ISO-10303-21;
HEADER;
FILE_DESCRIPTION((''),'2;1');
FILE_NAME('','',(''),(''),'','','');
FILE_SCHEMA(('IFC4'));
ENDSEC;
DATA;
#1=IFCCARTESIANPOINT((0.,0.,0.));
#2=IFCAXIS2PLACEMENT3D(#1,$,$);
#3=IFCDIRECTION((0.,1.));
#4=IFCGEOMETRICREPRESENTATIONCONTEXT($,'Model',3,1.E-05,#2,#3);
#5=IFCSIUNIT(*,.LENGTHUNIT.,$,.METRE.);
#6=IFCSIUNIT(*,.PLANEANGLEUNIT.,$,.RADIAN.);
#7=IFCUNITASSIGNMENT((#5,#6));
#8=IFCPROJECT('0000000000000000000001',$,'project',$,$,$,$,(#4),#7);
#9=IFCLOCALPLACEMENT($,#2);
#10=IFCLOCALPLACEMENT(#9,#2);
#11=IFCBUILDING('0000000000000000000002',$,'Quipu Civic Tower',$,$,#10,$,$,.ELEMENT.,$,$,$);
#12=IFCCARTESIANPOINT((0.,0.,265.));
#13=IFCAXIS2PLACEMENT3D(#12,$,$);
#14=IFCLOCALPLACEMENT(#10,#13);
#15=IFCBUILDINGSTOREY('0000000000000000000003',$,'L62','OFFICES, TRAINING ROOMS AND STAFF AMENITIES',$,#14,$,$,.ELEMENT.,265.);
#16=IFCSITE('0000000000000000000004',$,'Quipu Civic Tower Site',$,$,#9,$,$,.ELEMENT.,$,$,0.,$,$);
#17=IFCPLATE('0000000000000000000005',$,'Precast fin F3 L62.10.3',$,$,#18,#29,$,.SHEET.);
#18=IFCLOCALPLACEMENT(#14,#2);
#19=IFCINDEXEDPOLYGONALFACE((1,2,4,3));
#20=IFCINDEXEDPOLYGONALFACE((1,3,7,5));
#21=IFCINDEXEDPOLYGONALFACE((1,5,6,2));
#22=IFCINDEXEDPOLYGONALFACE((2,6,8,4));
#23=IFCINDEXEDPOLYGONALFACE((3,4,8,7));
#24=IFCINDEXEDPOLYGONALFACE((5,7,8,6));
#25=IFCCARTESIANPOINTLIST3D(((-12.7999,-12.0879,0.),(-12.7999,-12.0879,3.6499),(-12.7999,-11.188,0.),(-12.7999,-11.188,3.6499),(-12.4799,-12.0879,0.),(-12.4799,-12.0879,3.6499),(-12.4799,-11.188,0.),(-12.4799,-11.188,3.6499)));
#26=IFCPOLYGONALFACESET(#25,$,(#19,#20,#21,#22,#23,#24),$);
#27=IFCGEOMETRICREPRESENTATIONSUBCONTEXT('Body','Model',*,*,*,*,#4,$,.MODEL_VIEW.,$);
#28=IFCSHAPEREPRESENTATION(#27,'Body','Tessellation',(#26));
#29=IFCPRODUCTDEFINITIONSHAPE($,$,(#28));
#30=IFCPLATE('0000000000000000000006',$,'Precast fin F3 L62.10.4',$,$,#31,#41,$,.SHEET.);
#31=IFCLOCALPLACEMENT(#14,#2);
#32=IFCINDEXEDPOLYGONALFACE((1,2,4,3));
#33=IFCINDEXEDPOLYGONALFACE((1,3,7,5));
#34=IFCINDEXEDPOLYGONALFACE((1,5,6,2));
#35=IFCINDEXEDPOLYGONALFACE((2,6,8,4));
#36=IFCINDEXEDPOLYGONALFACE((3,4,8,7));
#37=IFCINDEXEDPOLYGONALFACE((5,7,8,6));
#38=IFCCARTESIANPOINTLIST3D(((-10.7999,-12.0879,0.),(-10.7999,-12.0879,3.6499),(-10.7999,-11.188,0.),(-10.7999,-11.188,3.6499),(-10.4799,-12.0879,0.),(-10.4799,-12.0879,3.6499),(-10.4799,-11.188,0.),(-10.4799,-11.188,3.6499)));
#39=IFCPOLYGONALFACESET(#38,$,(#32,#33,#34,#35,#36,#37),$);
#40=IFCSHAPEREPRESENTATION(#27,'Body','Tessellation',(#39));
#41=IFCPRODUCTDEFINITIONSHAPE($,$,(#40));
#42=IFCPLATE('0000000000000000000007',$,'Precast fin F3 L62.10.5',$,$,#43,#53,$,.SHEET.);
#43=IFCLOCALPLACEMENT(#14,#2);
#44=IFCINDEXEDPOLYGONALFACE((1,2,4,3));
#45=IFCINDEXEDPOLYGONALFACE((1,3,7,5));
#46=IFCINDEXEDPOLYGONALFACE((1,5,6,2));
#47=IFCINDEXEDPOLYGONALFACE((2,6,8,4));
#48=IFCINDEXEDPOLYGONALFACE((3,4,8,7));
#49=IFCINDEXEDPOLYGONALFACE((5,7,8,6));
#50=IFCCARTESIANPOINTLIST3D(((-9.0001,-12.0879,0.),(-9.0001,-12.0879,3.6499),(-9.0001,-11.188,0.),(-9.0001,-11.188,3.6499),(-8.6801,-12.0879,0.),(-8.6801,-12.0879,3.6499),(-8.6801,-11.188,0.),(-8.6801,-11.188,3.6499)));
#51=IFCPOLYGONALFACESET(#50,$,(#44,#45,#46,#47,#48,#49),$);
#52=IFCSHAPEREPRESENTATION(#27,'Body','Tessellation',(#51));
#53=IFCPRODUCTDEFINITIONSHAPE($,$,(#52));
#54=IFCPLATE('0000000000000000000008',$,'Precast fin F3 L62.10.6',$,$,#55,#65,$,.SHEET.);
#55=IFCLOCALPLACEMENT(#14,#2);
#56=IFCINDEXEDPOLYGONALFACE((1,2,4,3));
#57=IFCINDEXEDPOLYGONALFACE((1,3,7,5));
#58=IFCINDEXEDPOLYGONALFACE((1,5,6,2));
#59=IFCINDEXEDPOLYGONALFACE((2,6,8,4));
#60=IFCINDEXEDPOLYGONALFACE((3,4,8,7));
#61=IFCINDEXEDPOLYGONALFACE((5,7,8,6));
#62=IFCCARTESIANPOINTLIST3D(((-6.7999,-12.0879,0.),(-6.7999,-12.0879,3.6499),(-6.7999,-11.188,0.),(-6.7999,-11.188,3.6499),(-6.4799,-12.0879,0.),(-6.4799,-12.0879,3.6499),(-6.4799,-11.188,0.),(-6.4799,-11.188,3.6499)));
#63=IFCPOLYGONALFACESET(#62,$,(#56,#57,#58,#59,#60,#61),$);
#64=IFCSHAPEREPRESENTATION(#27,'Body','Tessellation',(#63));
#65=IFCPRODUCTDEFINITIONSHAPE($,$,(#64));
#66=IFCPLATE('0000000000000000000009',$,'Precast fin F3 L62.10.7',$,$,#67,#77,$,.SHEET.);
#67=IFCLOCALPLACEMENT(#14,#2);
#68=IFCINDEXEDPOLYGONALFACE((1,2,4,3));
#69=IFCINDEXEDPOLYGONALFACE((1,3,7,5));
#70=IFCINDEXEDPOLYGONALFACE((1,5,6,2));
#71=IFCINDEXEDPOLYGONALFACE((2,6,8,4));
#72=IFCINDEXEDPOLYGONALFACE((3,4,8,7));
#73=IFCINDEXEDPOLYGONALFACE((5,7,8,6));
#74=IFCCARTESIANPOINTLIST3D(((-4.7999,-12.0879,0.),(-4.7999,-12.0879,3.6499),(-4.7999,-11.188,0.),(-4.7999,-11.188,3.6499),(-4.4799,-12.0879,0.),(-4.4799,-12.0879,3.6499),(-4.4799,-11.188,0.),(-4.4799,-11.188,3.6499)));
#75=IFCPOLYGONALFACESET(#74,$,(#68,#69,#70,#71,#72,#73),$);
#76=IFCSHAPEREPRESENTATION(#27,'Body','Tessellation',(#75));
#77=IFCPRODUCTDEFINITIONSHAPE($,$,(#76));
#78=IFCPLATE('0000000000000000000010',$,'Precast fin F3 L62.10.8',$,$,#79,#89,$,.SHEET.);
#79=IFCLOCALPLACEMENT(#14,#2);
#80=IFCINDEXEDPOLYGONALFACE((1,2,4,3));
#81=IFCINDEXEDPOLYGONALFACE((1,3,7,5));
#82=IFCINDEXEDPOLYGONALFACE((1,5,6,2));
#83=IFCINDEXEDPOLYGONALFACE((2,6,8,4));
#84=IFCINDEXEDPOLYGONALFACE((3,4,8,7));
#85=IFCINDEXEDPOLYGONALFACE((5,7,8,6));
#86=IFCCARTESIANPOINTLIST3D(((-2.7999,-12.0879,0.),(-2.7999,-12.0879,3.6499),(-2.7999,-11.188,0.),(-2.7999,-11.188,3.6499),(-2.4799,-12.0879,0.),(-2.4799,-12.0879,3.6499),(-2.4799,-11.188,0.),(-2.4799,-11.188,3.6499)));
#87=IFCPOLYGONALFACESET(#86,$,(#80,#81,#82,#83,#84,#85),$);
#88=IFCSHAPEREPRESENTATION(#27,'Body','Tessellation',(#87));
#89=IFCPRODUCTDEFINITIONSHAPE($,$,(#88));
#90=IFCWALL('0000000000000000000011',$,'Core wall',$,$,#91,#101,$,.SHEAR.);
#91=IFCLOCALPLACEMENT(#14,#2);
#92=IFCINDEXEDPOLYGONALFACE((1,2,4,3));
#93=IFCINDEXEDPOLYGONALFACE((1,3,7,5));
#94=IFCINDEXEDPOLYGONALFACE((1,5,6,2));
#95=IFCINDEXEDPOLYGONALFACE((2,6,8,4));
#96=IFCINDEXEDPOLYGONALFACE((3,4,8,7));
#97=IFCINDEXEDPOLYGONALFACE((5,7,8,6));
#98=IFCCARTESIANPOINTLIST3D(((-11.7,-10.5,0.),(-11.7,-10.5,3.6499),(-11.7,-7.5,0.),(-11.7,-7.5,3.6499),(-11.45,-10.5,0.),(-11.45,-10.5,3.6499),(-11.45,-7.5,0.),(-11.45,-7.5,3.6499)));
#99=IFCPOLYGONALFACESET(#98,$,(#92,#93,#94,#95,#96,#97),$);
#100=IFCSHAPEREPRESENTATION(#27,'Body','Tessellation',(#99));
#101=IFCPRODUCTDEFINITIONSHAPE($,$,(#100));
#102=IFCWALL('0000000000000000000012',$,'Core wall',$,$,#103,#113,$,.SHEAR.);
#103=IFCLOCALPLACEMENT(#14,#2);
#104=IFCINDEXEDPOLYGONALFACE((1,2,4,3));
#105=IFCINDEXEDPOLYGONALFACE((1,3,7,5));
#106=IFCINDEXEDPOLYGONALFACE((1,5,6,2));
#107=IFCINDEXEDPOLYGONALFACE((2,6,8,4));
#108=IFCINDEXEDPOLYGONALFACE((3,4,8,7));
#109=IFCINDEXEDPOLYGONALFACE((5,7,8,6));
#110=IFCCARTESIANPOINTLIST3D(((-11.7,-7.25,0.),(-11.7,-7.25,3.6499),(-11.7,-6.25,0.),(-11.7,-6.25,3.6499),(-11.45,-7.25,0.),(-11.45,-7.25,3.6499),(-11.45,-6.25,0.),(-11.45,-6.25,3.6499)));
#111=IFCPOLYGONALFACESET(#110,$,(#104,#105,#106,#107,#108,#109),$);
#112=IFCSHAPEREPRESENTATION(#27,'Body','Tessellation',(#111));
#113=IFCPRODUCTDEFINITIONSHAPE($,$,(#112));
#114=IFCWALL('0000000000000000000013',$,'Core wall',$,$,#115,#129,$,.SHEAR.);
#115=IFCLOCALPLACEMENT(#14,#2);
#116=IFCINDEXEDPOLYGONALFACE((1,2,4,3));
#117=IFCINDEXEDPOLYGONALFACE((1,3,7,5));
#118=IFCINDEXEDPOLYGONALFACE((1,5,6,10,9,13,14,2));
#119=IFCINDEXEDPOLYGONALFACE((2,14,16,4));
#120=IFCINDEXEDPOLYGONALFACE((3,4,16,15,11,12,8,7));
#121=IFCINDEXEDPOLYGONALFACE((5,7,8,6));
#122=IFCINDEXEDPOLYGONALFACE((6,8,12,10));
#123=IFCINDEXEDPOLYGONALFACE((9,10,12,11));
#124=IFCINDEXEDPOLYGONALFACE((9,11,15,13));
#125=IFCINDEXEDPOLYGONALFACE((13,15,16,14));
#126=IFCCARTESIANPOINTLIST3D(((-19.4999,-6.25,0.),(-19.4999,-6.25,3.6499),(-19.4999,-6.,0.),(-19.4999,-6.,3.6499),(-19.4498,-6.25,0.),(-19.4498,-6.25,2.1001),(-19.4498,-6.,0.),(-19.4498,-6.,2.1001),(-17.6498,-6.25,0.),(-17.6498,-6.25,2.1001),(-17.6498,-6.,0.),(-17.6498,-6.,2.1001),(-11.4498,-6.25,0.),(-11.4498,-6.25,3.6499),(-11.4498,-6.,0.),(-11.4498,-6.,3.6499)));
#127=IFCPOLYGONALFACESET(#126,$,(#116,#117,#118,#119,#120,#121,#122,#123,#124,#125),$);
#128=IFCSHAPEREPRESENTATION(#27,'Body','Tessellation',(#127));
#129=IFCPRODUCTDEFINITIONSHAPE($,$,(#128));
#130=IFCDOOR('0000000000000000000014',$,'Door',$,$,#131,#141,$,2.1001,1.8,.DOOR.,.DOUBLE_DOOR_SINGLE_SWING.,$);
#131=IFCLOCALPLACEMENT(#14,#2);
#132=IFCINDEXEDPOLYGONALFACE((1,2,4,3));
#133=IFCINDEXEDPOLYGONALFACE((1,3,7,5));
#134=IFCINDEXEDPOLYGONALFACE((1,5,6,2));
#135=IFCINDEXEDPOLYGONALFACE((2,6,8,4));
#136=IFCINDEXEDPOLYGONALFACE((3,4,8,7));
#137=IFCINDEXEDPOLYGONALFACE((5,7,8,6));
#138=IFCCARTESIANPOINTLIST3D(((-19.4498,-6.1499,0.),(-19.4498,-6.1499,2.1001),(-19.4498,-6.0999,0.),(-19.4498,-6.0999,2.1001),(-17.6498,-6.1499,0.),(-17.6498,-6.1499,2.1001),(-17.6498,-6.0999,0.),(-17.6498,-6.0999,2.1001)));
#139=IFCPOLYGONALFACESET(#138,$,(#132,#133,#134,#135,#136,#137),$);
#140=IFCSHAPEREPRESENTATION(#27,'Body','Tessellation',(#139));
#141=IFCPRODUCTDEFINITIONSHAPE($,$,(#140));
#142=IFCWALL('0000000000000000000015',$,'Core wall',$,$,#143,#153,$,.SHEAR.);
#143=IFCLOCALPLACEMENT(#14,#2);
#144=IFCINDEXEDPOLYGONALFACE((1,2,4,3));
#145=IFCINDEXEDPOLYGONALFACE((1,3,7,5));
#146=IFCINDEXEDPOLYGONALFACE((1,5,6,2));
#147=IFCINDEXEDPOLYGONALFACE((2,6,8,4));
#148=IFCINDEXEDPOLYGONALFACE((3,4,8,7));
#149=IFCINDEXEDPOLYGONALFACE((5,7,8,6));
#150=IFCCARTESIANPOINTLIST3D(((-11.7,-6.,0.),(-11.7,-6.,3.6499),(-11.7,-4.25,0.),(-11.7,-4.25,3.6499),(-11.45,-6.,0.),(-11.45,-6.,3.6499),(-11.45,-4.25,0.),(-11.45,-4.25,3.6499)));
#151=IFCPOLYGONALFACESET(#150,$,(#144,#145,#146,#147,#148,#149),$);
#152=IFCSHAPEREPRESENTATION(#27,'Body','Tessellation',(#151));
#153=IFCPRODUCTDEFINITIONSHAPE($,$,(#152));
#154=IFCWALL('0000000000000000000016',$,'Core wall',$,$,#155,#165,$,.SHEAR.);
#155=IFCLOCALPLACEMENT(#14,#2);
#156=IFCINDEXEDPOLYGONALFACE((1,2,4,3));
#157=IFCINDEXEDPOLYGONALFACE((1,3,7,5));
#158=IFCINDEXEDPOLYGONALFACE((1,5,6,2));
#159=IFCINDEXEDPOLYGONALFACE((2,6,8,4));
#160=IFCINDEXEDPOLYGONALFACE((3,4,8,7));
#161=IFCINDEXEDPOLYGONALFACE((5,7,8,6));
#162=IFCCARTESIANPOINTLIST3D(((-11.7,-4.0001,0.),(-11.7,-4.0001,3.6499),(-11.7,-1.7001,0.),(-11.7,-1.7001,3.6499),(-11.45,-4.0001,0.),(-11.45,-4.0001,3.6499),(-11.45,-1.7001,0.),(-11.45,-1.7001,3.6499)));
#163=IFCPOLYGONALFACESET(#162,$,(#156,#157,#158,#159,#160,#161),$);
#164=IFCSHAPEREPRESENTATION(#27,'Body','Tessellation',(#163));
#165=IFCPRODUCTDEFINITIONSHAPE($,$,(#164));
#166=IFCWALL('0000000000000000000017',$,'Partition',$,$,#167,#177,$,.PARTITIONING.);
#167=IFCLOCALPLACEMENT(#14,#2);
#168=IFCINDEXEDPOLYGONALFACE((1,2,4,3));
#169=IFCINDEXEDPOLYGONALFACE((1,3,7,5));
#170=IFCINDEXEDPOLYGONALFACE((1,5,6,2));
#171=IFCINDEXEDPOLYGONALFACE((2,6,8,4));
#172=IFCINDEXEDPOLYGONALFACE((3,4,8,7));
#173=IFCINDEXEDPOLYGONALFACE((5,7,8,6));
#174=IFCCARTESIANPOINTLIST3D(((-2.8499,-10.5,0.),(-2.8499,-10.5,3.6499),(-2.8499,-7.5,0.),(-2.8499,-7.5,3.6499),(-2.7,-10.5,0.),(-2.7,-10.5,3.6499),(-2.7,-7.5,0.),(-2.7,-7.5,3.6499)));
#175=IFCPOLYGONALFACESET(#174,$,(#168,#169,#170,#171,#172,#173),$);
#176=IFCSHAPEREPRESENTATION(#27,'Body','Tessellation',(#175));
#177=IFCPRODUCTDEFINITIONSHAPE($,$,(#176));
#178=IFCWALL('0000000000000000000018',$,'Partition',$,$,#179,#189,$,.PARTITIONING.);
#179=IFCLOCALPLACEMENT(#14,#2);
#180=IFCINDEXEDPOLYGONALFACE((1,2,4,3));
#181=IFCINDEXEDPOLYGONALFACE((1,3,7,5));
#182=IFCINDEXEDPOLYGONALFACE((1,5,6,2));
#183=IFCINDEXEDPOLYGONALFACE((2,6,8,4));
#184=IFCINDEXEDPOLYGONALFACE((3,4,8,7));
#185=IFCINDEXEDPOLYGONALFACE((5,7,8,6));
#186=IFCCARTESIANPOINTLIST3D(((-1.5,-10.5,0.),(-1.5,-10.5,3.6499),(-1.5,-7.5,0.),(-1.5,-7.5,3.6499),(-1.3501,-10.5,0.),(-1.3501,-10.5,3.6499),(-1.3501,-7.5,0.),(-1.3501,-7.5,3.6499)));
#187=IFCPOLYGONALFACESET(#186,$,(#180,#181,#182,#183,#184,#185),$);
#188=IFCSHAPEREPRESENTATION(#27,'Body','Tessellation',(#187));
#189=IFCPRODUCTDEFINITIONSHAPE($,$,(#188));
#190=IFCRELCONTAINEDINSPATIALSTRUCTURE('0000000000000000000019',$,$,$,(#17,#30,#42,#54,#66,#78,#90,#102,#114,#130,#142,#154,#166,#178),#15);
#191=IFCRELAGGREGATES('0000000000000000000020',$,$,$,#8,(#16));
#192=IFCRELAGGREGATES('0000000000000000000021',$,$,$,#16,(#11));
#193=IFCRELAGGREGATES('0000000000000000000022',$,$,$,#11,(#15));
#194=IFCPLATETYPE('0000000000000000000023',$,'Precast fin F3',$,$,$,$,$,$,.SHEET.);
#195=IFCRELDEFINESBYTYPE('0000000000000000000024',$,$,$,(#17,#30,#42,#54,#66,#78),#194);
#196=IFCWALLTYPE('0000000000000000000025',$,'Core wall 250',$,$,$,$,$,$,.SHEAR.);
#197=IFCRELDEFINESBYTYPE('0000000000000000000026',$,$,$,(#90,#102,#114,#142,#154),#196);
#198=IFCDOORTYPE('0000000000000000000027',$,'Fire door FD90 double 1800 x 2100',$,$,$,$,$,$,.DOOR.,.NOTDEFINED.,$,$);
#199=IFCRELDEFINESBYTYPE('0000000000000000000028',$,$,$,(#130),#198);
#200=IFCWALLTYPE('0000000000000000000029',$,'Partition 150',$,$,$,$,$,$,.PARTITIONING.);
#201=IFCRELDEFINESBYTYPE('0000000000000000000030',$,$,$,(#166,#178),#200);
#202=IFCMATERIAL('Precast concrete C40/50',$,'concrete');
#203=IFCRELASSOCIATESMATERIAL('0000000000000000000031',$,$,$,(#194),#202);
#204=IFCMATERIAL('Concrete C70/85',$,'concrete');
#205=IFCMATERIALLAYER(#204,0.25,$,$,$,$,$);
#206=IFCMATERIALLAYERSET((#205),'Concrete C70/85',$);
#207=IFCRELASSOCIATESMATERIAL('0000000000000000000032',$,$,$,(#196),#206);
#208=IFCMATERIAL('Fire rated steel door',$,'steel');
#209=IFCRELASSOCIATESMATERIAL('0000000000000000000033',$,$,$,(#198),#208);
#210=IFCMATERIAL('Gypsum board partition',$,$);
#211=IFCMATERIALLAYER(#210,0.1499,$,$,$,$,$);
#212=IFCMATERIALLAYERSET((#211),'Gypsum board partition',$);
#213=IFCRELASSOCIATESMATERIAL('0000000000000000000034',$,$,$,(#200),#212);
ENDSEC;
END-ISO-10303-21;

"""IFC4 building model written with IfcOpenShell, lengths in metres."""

from ifc_helpers import new_model, si_unit, direction, frame, frame_2d, origin, origin_2d, place, context, subcontext, project, spatial, rectangle, extrude, material, layer, layer_set, type_object, element, fill, save


model = new_model("IFC4")

# Units and contexts
model_context = context("Model", 3, precision=1e-05, world=origin(), true_north=direction((0.0, 1.0)))
body_context = subcontext(model_context, "Body", "Model", "MODEL_VIEW")
ifc_project = project(units=[si_unit("LENGTHUNIT", "METRE"), si_unit("PLANEANGLEUNIT", "RADIAN")], contexts=[model_context])

# Site, building, storey
site_placement = place(None, origin())
site = spatial("IfcSite", under=ifc_project, at=site_placement, Name="Quipu Civic Tower Site", CompositionType="ELEMENT", RefElevation=0.0)
building_placement = place(site_placement, origin())
building = spatial("IfcBuilding", under=site, at=building_placement, Name="Quipu Civic Tower", CompositionType="ELEMENT")
storey_placement = place(building_placement, frame((0.0, 0.0, 265.0)))
storey = spatial("IfcBuildingStorey", under=building, at=storey_placement, Name="L62", Description="OFFICES, TRAINING ROOMS AND STAFF AMENITIES", CompositionType="ELEMENT", Elevation=265.0)

# Plates
ifc_material_1 = material(Name="Precast concrete C40/50", Category="concrete")
plate_type = type_object("IfcPlateType", Name="Precast fin F3", PredefinedType="SHEET", material=ifc_material_1)
for number, where, z_axis, x_axis, name in (
    (1, (-12.6399, -11.6379, 0.0), (0.0, 0.0, 1.0), (1.0, 0.0, 0.0), "Precast fin F3 L62.10.3"),
    (2, (-10.6399, -11.6379, 0.0), (0.0, 0.0, 1.0), (1.0, 0.0, 0.0), "Precast fin F3 L62.10.4"),
    (3, (-8.8401, -11.6379, 0.0), (0.0, 0.0, 1.0), (1.0, 0.0, 0.0), "Precast fin F3 L62.10.5"),
    (4, (-6.6399, -11.6379, 0.0), (0.0, 0.0, 1.0), (1.0, 0.0, 0.0), "Precast fin F3 L62.10.6"),
    (5, (-4.6399, -11.6379, 0.0), (0.0, 0.0, 1.0), (1.0, 0.0, 0.0), "Precast fin F3 L62.10.7"),
    (6, (-2.6399, -11.6379, 0.0), (0.0, 0.0, 1.0), (1.0, 0.0, 0.0), "Precast fin F3 L62.10.8"),
):
    element("IfcPlate", number, at=place(storey_placement, frame(where, z_axis=z_axis, x_axis=x_axis)), inside=storey, type_object=plate_type, Name=name, PredefinedType="SHEET", context=body_context, shape_type="SweptSolid", body=[
        extrude(rectangle(XDim=0.3201, YDim=0.8999, at=origin_2d()), origin(), (0.0, 0.0, 1.0), 3.6499),
    ])

# Walls
ifc_material_2 = material(Name="Concrete C70/85", Category="concrete")
ifc_layer_1 = layer(ifc_material_2, 0.25)
ifc_layer_set_1 = layer_set([ifc_layer_1], Name="Concrete C70/85")
wall_type_1 = type_object("IfcWallType", Name="Core wall 250", PredefinedType="SHEAR", material=ifc_layer_set_1)
wall_1_placement = place(storey_placement, frame((-11.575, -10.5, 0.0), z_axis=(0.0, 0.0, 1.0), x_axis=(0.0, 1.0, 0.0)))
element("IfcWall", 7, at=wall_1_placement, inside=storey, type_object=wall_type_1, Name="Core wall", PredefinedType="SHEAR", context=body_context, shape_type="SweptSolid", body=[
    extrude(rectangle(XDim=3.0, YDim=0.25, at=frame_2d((1.5, 0.0))), origin(), (0.0, 0.0, 1.0), 3.6499),
])
wall_2_placement = place(storey_placement, frame((-11.575, -7.25, 0.0), z_axis=(0.0, 0.0, 1.0), x_axis=(0.0, 1.0, 0.0)))
element("IfcWall", 8, at=wall_2_placement, inside=storey, type_object=wall_type_1, Name="Core wall", PredefinedType="SHEAR", context=body_context, shape_type="SweptSolid", body=[
    extrude(rectangle(XDim=1.0, YDim=0.25, at=frame_2d((0.5, 0.0))), origin(), (0.0, 0.0, 1.0), 3.6499),
])

# Wall, opening, door
wall_3_placement = place(storey_placement, frame((-11.45, -6.125, 0.0), z_axis=(0.0, 0.0, 1.0), x_axis=(-1.0, 0.0, 0.0)))
wall_3 = element("IfcWall", 9, at=wall_3_placement, inside=storey, type_object=wall_type_1, Name="Core wall", PredefinedType="SHEAR", context=body_context, shape_type="SweptSolid", body=[
    extrude(rectangle(XDim=8.05, YDim=0.25, at=frame_2d((4.0249, 0.0))), origin(), (0.0, 0.0, 1.0), 3.6499),
])
opening_1_placement = place(wall_3_placement, frame((6.2, 0.0, 0.0)))
opening_1 = element("IfcOpeningElement", 10, at=opening_1_placement, cuts=wall_3, PredefinedType="OPENING", context=body_context, shape_type="SweptSolid", body=[
    extrude(rectangle(XDim=1.8, YDim=2.1001, at=frame_2d((0.8999, 1.05))), frame((0.0, 0.135, 0.0), z_axis=(0.0, -1.0, 0.0), x_axis=(1.0, 0.0, 0.0)), (0.0, 0.0, 1.0), 0.27),
])
ifc_material_3 = material(Name="Fire rated steel door", Category="steel")
door_type_1 = type_object("IfcDoorType", Name="Fire door FD90 double 1800 x 2100", OperationType="NOTDEFINED", PredefinedType="DOOR", material=ifc_material_3)
door_1_placement = place(opening_1_placement, origin())
door_1 = element("IfcDoor", 11, at=door_1_placement, inside=storey, type_object=door_type_1, Name="Door", OperationType="DOUBLE_DOOR_SINGLE_SWING", OverallHeight=2.1001, OverallWidth=1.8, PredefinedType="DOOR", context=body_context, shape_type="SweptSolid", body=[
    extrude(rectangle(XDim=1.8, YDim=2.1001, at=frame_2d((0.8999, 1.05))), frame((0.0, 0.0249, 0.0), z_axis=(0.0, -1.0, 0.0), x_axis=(1.0, 0.0, 0.0)), (0.0, 0.0, 1.0), 0.05),
])
fill(opening_1, door_1)

# Walls
wall_4_placement = place(storey_placement, frame((-11.575, -6.0, 0.0), z_axis=(0.0, 0.0, 1.0), x_axis=(0.0, 1.0, 0.0)))
element("IfcWall", 12, at=wall_4_placement, inside=storey, type_object=wall_type_1, Name="Core wall", PredefinedType="SHEAR", context=body_context, shape_type="SweptSolid", body=[
    extrude(rectangle(XDim=1.75, YDim=0.25, at=frame_2d((0.875, 0.0))), origin(), (0.0, 0.0, 1.0), 3.6499),
])
wall_5_placement = place(storey_placement, frame((-11.575, -4.0, 0.0), z_axis=(0.0, 0.0, 1.0), x_axis=(0.0, 1.0, 0.0)))
element("IfcWall", 13, at=wall_5_placement, inside=storey, type_object=wall_type_1, Name="Core wall", PredefinedType="SHEAR", context=body_context, shape_type="SweptSolid", body=[
    extrude(rectangle(XDim=2.3, YDim=0.25, at=frame_2d((1.1499, 0.0))), origin(), (0.0, 0.0, 1.0), 3.6499),
])
ifc_material_4 = material(Name="Gypsum board partition")
ifc_layer_2 = layer(ifc_material_4, 0.1499)
ifc_layer_set_2 = layer_set([ifc_layer_2], Name="Gypsum board partition")
wall_type_2 = type_object("IfcWallType", Name="Partition 150", PredefinedType="PARTITIONING", material=ifc_layer_set_2)
for number, where, z_axis, x_axis, name in (
    (14, (-2.7749, -10.5, 0.0), (0.0, 0.0, 1.0), (0.0, 1.0, 0.0), "Partition"),
    (15, (-1.425, -10.5, 0.0), (0.0, 0.0, 1.0), (0.0, 1.0, 0.0), "Partition"),
):
    element("IfcWall", number, at=place(storey_placement, frame(where, z_axis=z_axis, x_axis=x_axis)), inside=storey, type_object=wall_type_2, Name=name, PredefinedType="PARTITIONING", context=body_context, shape_type="SweptSolid", body=[
        extrude(rectangle(XDim=3.0, YDim=0.1499, at=frame_2d((1.5, 0.0))), origin(), (0.0, 0.0, 1.0), 3.6499),
    ])

save(model, "model.ifc")
